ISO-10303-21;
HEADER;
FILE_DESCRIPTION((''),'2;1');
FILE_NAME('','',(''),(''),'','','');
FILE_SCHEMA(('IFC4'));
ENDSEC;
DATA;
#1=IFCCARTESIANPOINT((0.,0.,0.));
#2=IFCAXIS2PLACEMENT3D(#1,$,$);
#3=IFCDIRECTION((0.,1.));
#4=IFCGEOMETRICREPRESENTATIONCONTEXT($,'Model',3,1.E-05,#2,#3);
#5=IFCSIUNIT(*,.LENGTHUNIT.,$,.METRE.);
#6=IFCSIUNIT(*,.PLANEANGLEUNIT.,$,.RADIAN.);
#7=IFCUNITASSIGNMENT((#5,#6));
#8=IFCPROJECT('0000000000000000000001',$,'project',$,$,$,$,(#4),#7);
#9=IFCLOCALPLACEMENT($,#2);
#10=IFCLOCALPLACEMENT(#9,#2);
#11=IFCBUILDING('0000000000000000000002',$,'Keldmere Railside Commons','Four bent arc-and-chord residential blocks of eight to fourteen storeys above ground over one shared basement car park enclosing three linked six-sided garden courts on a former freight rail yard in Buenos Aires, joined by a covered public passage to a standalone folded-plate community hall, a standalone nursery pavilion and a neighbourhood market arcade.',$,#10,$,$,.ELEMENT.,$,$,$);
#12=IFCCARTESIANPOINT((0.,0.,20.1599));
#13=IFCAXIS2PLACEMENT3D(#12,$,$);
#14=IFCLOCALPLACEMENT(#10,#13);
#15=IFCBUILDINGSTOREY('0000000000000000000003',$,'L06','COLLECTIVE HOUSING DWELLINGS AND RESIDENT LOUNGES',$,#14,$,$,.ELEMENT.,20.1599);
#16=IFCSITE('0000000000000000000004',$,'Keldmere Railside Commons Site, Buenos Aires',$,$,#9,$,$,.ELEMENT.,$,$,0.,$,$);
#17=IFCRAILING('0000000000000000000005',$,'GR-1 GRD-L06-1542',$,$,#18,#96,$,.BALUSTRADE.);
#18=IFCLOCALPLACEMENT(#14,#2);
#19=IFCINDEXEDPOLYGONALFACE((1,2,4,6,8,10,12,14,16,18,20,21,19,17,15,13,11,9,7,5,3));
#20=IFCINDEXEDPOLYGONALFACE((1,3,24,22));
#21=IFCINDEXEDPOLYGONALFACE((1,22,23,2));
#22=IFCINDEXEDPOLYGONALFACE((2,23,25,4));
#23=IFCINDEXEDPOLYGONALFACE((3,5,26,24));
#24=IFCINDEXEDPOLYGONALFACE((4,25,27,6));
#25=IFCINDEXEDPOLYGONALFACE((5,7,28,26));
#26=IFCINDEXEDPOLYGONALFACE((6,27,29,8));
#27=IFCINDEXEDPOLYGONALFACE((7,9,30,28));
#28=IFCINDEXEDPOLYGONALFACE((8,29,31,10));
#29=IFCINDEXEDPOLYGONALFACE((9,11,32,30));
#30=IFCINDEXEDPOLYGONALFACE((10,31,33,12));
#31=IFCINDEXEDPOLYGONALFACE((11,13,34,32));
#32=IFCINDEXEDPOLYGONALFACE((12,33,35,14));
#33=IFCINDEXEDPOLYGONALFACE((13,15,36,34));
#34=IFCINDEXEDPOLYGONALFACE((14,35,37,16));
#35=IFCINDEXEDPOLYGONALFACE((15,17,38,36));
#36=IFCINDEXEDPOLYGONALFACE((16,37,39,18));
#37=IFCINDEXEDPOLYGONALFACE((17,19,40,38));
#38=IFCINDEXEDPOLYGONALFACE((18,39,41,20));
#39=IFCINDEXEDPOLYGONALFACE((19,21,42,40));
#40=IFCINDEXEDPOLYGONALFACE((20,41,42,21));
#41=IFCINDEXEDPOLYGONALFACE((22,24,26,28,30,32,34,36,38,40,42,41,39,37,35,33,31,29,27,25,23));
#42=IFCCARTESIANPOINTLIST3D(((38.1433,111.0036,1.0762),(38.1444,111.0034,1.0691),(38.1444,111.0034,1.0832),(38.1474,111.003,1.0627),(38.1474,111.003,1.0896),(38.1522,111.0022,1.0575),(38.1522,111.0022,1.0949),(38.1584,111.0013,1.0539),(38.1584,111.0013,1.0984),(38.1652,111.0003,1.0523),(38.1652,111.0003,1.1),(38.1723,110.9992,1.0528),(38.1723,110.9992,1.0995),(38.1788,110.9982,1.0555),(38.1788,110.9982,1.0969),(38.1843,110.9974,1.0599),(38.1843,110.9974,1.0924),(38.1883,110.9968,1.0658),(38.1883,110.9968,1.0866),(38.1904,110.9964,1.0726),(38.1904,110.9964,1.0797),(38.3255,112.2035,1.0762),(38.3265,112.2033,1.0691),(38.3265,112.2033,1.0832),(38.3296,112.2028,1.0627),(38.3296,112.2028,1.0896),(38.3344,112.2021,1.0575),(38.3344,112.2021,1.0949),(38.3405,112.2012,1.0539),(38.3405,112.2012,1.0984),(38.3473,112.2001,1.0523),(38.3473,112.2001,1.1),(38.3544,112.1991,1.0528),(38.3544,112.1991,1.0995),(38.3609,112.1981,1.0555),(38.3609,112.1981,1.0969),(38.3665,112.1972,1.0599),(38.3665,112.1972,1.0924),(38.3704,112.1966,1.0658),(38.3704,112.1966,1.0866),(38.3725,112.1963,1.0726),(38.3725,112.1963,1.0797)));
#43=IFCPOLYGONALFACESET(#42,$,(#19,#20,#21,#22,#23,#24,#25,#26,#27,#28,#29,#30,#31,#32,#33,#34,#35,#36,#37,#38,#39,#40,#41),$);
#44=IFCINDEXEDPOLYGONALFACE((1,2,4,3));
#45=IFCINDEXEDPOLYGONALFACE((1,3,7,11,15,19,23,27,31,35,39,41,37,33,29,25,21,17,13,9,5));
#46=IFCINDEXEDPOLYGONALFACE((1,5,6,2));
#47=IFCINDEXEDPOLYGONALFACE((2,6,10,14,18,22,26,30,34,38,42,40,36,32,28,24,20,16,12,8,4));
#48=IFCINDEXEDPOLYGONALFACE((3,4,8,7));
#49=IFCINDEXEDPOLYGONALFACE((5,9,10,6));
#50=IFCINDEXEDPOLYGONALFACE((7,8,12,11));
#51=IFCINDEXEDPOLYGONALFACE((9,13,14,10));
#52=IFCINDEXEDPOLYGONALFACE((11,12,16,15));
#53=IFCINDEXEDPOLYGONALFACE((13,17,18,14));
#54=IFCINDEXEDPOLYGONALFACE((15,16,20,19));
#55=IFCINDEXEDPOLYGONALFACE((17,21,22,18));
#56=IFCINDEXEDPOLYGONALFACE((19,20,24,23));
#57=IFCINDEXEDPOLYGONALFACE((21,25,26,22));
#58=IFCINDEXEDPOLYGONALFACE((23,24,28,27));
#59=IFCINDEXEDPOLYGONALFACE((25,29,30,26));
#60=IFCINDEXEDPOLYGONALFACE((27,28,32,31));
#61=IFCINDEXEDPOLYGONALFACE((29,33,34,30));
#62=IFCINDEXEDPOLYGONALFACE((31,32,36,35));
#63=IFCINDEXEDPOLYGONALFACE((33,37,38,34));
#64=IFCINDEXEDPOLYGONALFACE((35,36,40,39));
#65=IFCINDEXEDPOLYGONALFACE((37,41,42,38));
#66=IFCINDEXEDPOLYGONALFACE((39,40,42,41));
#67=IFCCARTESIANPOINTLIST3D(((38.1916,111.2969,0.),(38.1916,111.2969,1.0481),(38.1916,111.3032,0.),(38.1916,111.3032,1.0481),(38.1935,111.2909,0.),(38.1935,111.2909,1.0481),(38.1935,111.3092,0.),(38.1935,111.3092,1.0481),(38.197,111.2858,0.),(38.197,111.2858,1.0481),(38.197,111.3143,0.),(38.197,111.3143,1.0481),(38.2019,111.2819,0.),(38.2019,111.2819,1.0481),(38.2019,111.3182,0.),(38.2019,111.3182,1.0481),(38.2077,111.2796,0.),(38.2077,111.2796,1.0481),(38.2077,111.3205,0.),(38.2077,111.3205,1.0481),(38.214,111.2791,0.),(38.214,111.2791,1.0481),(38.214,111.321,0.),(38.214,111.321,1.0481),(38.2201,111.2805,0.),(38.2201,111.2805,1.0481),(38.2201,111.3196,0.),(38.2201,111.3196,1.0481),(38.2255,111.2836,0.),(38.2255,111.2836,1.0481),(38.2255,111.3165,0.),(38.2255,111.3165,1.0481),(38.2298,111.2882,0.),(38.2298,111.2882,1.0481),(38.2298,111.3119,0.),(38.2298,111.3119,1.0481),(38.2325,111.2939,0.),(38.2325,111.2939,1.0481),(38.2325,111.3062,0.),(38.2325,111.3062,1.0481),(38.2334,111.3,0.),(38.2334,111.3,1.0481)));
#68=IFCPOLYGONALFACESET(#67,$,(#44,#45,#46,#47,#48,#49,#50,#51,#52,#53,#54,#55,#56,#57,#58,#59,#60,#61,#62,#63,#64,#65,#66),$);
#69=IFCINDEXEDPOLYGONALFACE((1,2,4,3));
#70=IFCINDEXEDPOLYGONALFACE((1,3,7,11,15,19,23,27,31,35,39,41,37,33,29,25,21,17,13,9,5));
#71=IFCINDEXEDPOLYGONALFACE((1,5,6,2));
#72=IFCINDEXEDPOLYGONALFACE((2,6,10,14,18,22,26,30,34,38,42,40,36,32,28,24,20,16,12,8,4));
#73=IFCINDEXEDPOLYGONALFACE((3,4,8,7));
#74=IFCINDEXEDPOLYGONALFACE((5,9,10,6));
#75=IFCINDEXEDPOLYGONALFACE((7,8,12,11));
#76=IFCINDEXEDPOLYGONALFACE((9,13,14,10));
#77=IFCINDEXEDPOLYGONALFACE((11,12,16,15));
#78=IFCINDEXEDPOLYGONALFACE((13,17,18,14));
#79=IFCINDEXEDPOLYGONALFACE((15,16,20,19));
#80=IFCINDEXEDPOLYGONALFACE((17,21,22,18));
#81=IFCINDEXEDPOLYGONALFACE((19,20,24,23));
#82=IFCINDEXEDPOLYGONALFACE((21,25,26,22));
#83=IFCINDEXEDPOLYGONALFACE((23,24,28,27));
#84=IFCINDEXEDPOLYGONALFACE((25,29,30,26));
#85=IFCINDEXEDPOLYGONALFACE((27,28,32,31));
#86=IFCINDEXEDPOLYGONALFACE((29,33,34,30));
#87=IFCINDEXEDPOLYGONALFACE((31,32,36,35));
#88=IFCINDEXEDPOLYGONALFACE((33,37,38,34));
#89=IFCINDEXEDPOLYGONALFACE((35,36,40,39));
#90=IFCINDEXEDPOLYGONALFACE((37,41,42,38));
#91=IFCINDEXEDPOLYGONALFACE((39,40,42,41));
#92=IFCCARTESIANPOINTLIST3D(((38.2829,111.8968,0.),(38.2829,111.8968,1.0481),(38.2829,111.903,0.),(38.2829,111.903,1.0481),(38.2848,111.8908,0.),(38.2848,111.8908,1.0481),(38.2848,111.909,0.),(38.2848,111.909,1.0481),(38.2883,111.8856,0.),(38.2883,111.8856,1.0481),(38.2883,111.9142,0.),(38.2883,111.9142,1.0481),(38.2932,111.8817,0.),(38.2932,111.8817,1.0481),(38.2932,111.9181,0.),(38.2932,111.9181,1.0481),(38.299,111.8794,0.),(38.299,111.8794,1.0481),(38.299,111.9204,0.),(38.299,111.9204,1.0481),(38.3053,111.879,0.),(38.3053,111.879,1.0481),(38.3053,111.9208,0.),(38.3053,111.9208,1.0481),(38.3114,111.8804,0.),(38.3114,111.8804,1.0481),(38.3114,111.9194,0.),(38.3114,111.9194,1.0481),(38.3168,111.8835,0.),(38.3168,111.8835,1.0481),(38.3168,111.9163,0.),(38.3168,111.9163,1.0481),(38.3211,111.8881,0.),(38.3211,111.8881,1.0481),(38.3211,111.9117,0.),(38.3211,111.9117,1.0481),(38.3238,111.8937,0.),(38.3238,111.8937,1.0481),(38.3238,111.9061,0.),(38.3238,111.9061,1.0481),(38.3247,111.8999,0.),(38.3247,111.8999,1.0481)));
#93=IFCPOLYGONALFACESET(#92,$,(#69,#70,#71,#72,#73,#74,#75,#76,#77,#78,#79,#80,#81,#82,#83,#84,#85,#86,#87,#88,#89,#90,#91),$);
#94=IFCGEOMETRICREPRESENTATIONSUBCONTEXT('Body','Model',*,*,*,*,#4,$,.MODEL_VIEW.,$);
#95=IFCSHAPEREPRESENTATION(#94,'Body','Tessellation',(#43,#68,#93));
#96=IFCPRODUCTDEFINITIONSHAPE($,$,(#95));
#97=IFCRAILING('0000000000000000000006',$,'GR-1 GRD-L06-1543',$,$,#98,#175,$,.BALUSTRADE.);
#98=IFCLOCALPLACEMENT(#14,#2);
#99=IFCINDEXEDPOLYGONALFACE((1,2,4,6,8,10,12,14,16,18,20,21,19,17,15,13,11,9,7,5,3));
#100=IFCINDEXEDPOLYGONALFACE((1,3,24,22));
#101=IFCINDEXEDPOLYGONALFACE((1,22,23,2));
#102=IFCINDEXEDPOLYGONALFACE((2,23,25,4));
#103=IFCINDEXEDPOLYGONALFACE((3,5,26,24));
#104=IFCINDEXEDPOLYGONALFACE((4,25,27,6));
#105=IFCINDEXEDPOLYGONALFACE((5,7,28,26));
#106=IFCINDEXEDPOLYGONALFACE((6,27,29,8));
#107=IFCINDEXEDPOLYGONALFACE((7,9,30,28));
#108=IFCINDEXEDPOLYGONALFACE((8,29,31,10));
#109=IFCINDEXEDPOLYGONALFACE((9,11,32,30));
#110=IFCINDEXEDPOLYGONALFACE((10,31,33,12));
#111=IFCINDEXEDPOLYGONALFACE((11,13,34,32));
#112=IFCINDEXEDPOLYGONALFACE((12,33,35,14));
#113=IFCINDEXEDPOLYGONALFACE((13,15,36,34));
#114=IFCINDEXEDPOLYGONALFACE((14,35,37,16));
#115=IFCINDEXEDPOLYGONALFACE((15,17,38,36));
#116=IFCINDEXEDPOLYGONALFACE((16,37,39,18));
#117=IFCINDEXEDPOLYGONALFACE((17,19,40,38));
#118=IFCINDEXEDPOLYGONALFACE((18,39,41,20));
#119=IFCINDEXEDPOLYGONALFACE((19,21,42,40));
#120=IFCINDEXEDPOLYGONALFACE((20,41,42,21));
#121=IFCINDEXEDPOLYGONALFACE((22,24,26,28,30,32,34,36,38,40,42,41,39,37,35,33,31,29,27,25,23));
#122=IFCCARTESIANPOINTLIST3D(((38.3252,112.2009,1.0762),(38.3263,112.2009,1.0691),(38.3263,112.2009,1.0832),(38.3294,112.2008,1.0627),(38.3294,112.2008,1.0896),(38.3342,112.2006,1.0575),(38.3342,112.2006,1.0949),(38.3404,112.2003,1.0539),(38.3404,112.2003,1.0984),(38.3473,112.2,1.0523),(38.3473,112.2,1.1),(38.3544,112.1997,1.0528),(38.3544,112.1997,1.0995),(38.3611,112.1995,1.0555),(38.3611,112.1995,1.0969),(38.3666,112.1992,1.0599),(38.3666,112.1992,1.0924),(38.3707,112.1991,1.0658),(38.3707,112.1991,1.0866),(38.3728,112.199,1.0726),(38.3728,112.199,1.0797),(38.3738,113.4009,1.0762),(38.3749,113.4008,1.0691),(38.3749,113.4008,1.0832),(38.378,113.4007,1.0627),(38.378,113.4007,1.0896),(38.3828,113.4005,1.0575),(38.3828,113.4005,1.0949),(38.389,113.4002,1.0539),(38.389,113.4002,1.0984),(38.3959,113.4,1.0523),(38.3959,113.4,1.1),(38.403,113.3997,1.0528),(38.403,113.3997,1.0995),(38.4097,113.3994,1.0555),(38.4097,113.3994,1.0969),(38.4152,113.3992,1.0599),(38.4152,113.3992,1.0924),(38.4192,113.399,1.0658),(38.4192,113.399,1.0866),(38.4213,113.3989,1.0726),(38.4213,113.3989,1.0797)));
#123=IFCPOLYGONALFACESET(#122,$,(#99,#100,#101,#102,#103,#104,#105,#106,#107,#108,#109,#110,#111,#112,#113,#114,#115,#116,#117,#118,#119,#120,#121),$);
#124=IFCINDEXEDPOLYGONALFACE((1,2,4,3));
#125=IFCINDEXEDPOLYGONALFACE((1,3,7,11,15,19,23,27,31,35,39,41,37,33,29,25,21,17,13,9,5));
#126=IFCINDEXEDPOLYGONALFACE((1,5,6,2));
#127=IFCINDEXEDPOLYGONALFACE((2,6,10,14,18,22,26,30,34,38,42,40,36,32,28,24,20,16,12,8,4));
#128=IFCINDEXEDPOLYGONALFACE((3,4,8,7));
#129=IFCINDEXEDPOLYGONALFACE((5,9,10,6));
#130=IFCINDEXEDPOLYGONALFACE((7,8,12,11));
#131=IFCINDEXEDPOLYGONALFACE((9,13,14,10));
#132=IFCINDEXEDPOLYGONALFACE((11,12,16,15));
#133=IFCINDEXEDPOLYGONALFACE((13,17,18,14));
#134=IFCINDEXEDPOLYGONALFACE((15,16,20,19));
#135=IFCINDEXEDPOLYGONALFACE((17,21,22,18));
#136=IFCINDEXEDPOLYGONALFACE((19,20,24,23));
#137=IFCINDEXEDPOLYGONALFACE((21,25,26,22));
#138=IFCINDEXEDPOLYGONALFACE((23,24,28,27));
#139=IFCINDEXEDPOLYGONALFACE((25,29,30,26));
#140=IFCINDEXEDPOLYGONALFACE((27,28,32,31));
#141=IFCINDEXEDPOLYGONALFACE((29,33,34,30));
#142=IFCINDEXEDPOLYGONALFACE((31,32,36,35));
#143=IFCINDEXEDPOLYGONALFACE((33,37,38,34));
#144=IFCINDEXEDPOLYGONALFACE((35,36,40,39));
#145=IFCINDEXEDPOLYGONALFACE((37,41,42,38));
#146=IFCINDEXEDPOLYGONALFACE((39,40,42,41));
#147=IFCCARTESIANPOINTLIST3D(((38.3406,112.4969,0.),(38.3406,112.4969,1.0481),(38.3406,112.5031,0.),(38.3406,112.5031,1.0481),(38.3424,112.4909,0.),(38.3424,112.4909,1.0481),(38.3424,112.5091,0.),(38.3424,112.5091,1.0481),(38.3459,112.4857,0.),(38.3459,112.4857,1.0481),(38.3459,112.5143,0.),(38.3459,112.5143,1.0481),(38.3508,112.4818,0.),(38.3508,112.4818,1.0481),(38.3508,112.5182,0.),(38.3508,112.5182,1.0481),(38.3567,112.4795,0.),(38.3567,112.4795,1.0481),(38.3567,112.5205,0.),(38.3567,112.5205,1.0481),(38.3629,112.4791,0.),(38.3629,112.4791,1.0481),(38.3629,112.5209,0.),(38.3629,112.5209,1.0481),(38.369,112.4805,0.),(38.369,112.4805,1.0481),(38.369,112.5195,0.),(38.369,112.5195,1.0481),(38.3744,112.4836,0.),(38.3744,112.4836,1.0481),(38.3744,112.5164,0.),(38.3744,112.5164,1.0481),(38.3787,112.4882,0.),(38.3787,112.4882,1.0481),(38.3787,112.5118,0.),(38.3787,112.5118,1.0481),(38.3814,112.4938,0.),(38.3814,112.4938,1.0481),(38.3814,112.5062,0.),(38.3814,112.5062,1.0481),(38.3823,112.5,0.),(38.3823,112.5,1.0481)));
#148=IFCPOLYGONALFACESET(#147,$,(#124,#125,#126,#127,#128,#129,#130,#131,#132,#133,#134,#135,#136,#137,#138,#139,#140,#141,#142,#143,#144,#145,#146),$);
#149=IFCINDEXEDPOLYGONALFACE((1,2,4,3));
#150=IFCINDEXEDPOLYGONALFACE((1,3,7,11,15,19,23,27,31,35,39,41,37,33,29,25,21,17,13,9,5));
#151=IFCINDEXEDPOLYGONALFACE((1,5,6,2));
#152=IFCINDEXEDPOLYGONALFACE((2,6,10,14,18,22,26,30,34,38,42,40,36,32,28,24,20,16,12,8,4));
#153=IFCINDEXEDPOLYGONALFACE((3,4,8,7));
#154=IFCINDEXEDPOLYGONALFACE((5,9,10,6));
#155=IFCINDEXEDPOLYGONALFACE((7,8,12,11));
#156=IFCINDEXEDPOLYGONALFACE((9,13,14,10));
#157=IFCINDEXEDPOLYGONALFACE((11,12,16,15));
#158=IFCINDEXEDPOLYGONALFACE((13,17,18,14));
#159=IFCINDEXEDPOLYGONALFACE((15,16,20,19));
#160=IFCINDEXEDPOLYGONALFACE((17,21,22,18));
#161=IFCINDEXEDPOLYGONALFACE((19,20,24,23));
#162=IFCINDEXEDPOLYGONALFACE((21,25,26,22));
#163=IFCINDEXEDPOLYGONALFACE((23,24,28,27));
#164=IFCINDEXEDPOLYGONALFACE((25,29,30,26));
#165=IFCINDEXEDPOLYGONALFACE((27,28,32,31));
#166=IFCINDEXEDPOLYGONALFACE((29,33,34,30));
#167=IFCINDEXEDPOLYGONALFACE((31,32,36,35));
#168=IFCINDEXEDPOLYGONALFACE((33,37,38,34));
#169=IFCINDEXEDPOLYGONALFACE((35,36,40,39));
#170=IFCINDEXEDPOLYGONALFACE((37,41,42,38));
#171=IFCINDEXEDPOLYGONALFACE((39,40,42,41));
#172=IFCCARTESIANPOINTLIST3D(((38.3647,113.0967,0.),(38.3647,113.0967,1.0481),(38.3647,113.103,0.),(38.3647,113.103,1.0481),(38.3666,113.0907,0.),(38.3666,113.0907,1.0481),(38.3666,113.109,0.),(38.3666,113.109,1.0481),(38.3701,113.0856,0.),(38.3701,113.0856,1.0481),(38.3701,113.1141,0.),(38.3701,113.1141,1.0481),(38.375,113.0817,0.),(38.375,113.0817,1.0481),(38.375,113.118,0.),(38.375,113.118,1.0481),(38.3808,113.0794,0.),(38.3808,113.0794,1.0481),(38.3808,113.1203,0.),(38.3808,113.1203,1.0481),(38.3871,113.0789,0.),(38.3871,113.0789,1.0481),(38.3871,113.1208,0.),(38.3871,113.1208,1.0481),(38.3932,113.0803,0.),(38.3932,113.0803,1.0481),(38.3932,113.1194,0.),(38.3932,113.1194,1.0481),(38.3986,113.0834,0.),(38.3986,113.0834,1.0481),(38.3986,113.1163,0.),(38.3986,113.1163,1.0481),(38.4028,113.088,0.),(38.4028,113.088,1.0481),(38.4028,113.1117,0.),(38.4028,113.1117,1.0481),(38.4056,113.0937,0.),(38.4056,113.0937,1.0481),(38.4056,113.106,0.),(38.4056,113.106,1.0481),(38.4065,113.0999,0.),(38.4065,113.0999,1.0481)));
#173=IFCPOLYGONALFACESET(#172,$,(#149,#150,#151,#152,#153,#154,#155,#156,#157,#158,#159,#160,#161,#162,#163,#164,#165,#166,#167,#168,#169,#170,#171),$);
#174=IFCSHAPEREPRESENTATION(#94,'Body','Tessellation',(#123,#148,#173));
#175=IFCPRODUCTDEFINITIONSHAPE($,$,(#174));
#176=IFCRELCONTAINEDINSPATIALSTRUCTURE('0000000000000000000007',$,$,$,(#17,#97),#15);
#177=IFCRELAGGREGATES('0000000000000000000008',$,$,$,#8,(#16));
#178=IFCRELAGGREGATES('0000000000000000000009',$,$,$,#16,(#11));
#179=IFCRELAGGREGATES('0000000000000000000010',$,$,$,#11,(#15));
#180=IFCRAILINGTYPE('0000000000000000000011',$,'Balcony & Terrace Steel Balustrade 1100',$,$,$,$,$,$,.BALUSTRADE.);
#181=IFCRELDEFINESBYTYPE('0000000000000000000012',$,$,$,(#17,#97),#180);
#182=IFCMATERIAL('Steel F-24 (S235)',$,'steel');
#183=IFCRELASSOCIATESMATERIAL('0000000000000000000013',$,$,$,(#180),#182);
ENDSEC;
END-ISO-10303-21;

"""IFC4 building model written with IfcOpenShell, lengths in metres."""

from ifc_helpers import new_model, si_unit, direction, frame, origin, origin_2d, place, context, subcontext, project, spatial, circle, extrude, material, type_object, element, save


model = new_model("IFC4")

# Units and contexts
model_context = context("Model", 3, precision=1e-05, world=origin(), true_north=direction((0.0, 1.0)))
body_context = subcontext(model_context, "Body", "Model", "MODEL_VIEW")
ifc_project = project(units=[si_unit("LENGTHUNIT", "METRE"), si_unit("PLANEANGLEUNIT", "RADIAN")], contexts=[model_context])

# Site, building, storey
site_placement = place(None, origin())
site = spatial("IfcSite", under=ifc_project, at=site_placement, Name="Keldmere Railside Commons Site, Buenos Aires", CompositionType="ELEMENT", RefElevation=0.0)
building_placement = place(site_placement, origin())
building = spatial("IfcBuilding", under=site, at=building_placement, Name="Keldmere Railside Commons", Description="Four bent arc-and-chord residential blocks of eight to fourteen storeys above ground over one shared basement car park enclosing three linked six-sided garden courts on a former freight rail yard in Buenos Aires, joined by a covered public passage to a standalone folded-plate community hall, a standalone nursery pavilion and a neighbourhood market arcade.", CompositionType="ELEMENT")
storey_placement = place(building_placement, frame((0.0, 0.0, 20.1599)))
storey = spatial("IfcBuildingStorey", under=building, at=storey_placement, Name="L06", Description="COLLECTIVE HOUSING DWELLINGS AND RESIDENT LOUNGES", CompositionType="ELEMENT", Elevation=20.1599)

# Railings
ifc_material_1 = material(Name="Steel F-24 (S235)", Category="steel")
railing_type = type_object("IfcRailingType", Name="Balcony & Terrace Steel Balustrade 1100", PredefinedType="BALUSTRADE", material=ifc_material_1)
railing_1_placement = place(storey_placement, frame((38.167, 111.0, 0.0)))
element("IfcRailing", 1, at=railing_1_placement, inside=storey, type_object=railing_type, Name="GR-1 GRD-L06-1542", PredefinedType="BALUSTRADE", context=body_context, shape_type="SweptSolid", body=[
    extrude(circle(Radius=0.0239, at=origin_2d()), frame((0.0, 0.0, 1.0762), z_axis=(0.150062, 0.988677, 0.0), x_axis=(-0.988677, 0.150062, 0.0)), (0.0, 0.0, 1.0), 1.2136),
    extrude(circle(Radius=0.021, at=origin_2d()), frame((0.0454, 0.3, 0.0)), (0.0, 0.0, 1.0), 1.0481),
    extrude(circle(Radius=0.021, at=origin_2d()), frame((0.1367, 0.8999, 0.0)), (0.0, 0.0, 1.0), 1.0481),
])
railing_2_placement = place(storey_placement, frame((38.3491, 112.2, 0.0)))
element("IfcRailing", 2, at=railing_2_placement, inside=storey, type_object=railing_type, Name="GR-1 GRD-L06-1543", PredefinedType="BALUSTRADE", context=body_context, shape_type="SweptSolid", body=[
    extrude(circle(Radius=0.0239, at=origin_2d()), frame((0.0, 0.0, 1.0762), z_axis=(0.040455, 0.999181, 0.0), x_axis=(-0.999181, 0.040455, 0.0)), (0.0, 0.0, 1.0), 1.2009),
    extrude(circle(Radius=0.021, at=origin_2d()), frame((0.0122, 0.3, 0.0)), (0.0, 0.0, 1.0), 1.0481),
    extrude(circle(Radius=0.021, at=origin_2d()), frame((0.0364, 0.8999, 0.0)), (0.0, 0.0, 1.0), 1.0481),
])

save(model, "model.ifc")
